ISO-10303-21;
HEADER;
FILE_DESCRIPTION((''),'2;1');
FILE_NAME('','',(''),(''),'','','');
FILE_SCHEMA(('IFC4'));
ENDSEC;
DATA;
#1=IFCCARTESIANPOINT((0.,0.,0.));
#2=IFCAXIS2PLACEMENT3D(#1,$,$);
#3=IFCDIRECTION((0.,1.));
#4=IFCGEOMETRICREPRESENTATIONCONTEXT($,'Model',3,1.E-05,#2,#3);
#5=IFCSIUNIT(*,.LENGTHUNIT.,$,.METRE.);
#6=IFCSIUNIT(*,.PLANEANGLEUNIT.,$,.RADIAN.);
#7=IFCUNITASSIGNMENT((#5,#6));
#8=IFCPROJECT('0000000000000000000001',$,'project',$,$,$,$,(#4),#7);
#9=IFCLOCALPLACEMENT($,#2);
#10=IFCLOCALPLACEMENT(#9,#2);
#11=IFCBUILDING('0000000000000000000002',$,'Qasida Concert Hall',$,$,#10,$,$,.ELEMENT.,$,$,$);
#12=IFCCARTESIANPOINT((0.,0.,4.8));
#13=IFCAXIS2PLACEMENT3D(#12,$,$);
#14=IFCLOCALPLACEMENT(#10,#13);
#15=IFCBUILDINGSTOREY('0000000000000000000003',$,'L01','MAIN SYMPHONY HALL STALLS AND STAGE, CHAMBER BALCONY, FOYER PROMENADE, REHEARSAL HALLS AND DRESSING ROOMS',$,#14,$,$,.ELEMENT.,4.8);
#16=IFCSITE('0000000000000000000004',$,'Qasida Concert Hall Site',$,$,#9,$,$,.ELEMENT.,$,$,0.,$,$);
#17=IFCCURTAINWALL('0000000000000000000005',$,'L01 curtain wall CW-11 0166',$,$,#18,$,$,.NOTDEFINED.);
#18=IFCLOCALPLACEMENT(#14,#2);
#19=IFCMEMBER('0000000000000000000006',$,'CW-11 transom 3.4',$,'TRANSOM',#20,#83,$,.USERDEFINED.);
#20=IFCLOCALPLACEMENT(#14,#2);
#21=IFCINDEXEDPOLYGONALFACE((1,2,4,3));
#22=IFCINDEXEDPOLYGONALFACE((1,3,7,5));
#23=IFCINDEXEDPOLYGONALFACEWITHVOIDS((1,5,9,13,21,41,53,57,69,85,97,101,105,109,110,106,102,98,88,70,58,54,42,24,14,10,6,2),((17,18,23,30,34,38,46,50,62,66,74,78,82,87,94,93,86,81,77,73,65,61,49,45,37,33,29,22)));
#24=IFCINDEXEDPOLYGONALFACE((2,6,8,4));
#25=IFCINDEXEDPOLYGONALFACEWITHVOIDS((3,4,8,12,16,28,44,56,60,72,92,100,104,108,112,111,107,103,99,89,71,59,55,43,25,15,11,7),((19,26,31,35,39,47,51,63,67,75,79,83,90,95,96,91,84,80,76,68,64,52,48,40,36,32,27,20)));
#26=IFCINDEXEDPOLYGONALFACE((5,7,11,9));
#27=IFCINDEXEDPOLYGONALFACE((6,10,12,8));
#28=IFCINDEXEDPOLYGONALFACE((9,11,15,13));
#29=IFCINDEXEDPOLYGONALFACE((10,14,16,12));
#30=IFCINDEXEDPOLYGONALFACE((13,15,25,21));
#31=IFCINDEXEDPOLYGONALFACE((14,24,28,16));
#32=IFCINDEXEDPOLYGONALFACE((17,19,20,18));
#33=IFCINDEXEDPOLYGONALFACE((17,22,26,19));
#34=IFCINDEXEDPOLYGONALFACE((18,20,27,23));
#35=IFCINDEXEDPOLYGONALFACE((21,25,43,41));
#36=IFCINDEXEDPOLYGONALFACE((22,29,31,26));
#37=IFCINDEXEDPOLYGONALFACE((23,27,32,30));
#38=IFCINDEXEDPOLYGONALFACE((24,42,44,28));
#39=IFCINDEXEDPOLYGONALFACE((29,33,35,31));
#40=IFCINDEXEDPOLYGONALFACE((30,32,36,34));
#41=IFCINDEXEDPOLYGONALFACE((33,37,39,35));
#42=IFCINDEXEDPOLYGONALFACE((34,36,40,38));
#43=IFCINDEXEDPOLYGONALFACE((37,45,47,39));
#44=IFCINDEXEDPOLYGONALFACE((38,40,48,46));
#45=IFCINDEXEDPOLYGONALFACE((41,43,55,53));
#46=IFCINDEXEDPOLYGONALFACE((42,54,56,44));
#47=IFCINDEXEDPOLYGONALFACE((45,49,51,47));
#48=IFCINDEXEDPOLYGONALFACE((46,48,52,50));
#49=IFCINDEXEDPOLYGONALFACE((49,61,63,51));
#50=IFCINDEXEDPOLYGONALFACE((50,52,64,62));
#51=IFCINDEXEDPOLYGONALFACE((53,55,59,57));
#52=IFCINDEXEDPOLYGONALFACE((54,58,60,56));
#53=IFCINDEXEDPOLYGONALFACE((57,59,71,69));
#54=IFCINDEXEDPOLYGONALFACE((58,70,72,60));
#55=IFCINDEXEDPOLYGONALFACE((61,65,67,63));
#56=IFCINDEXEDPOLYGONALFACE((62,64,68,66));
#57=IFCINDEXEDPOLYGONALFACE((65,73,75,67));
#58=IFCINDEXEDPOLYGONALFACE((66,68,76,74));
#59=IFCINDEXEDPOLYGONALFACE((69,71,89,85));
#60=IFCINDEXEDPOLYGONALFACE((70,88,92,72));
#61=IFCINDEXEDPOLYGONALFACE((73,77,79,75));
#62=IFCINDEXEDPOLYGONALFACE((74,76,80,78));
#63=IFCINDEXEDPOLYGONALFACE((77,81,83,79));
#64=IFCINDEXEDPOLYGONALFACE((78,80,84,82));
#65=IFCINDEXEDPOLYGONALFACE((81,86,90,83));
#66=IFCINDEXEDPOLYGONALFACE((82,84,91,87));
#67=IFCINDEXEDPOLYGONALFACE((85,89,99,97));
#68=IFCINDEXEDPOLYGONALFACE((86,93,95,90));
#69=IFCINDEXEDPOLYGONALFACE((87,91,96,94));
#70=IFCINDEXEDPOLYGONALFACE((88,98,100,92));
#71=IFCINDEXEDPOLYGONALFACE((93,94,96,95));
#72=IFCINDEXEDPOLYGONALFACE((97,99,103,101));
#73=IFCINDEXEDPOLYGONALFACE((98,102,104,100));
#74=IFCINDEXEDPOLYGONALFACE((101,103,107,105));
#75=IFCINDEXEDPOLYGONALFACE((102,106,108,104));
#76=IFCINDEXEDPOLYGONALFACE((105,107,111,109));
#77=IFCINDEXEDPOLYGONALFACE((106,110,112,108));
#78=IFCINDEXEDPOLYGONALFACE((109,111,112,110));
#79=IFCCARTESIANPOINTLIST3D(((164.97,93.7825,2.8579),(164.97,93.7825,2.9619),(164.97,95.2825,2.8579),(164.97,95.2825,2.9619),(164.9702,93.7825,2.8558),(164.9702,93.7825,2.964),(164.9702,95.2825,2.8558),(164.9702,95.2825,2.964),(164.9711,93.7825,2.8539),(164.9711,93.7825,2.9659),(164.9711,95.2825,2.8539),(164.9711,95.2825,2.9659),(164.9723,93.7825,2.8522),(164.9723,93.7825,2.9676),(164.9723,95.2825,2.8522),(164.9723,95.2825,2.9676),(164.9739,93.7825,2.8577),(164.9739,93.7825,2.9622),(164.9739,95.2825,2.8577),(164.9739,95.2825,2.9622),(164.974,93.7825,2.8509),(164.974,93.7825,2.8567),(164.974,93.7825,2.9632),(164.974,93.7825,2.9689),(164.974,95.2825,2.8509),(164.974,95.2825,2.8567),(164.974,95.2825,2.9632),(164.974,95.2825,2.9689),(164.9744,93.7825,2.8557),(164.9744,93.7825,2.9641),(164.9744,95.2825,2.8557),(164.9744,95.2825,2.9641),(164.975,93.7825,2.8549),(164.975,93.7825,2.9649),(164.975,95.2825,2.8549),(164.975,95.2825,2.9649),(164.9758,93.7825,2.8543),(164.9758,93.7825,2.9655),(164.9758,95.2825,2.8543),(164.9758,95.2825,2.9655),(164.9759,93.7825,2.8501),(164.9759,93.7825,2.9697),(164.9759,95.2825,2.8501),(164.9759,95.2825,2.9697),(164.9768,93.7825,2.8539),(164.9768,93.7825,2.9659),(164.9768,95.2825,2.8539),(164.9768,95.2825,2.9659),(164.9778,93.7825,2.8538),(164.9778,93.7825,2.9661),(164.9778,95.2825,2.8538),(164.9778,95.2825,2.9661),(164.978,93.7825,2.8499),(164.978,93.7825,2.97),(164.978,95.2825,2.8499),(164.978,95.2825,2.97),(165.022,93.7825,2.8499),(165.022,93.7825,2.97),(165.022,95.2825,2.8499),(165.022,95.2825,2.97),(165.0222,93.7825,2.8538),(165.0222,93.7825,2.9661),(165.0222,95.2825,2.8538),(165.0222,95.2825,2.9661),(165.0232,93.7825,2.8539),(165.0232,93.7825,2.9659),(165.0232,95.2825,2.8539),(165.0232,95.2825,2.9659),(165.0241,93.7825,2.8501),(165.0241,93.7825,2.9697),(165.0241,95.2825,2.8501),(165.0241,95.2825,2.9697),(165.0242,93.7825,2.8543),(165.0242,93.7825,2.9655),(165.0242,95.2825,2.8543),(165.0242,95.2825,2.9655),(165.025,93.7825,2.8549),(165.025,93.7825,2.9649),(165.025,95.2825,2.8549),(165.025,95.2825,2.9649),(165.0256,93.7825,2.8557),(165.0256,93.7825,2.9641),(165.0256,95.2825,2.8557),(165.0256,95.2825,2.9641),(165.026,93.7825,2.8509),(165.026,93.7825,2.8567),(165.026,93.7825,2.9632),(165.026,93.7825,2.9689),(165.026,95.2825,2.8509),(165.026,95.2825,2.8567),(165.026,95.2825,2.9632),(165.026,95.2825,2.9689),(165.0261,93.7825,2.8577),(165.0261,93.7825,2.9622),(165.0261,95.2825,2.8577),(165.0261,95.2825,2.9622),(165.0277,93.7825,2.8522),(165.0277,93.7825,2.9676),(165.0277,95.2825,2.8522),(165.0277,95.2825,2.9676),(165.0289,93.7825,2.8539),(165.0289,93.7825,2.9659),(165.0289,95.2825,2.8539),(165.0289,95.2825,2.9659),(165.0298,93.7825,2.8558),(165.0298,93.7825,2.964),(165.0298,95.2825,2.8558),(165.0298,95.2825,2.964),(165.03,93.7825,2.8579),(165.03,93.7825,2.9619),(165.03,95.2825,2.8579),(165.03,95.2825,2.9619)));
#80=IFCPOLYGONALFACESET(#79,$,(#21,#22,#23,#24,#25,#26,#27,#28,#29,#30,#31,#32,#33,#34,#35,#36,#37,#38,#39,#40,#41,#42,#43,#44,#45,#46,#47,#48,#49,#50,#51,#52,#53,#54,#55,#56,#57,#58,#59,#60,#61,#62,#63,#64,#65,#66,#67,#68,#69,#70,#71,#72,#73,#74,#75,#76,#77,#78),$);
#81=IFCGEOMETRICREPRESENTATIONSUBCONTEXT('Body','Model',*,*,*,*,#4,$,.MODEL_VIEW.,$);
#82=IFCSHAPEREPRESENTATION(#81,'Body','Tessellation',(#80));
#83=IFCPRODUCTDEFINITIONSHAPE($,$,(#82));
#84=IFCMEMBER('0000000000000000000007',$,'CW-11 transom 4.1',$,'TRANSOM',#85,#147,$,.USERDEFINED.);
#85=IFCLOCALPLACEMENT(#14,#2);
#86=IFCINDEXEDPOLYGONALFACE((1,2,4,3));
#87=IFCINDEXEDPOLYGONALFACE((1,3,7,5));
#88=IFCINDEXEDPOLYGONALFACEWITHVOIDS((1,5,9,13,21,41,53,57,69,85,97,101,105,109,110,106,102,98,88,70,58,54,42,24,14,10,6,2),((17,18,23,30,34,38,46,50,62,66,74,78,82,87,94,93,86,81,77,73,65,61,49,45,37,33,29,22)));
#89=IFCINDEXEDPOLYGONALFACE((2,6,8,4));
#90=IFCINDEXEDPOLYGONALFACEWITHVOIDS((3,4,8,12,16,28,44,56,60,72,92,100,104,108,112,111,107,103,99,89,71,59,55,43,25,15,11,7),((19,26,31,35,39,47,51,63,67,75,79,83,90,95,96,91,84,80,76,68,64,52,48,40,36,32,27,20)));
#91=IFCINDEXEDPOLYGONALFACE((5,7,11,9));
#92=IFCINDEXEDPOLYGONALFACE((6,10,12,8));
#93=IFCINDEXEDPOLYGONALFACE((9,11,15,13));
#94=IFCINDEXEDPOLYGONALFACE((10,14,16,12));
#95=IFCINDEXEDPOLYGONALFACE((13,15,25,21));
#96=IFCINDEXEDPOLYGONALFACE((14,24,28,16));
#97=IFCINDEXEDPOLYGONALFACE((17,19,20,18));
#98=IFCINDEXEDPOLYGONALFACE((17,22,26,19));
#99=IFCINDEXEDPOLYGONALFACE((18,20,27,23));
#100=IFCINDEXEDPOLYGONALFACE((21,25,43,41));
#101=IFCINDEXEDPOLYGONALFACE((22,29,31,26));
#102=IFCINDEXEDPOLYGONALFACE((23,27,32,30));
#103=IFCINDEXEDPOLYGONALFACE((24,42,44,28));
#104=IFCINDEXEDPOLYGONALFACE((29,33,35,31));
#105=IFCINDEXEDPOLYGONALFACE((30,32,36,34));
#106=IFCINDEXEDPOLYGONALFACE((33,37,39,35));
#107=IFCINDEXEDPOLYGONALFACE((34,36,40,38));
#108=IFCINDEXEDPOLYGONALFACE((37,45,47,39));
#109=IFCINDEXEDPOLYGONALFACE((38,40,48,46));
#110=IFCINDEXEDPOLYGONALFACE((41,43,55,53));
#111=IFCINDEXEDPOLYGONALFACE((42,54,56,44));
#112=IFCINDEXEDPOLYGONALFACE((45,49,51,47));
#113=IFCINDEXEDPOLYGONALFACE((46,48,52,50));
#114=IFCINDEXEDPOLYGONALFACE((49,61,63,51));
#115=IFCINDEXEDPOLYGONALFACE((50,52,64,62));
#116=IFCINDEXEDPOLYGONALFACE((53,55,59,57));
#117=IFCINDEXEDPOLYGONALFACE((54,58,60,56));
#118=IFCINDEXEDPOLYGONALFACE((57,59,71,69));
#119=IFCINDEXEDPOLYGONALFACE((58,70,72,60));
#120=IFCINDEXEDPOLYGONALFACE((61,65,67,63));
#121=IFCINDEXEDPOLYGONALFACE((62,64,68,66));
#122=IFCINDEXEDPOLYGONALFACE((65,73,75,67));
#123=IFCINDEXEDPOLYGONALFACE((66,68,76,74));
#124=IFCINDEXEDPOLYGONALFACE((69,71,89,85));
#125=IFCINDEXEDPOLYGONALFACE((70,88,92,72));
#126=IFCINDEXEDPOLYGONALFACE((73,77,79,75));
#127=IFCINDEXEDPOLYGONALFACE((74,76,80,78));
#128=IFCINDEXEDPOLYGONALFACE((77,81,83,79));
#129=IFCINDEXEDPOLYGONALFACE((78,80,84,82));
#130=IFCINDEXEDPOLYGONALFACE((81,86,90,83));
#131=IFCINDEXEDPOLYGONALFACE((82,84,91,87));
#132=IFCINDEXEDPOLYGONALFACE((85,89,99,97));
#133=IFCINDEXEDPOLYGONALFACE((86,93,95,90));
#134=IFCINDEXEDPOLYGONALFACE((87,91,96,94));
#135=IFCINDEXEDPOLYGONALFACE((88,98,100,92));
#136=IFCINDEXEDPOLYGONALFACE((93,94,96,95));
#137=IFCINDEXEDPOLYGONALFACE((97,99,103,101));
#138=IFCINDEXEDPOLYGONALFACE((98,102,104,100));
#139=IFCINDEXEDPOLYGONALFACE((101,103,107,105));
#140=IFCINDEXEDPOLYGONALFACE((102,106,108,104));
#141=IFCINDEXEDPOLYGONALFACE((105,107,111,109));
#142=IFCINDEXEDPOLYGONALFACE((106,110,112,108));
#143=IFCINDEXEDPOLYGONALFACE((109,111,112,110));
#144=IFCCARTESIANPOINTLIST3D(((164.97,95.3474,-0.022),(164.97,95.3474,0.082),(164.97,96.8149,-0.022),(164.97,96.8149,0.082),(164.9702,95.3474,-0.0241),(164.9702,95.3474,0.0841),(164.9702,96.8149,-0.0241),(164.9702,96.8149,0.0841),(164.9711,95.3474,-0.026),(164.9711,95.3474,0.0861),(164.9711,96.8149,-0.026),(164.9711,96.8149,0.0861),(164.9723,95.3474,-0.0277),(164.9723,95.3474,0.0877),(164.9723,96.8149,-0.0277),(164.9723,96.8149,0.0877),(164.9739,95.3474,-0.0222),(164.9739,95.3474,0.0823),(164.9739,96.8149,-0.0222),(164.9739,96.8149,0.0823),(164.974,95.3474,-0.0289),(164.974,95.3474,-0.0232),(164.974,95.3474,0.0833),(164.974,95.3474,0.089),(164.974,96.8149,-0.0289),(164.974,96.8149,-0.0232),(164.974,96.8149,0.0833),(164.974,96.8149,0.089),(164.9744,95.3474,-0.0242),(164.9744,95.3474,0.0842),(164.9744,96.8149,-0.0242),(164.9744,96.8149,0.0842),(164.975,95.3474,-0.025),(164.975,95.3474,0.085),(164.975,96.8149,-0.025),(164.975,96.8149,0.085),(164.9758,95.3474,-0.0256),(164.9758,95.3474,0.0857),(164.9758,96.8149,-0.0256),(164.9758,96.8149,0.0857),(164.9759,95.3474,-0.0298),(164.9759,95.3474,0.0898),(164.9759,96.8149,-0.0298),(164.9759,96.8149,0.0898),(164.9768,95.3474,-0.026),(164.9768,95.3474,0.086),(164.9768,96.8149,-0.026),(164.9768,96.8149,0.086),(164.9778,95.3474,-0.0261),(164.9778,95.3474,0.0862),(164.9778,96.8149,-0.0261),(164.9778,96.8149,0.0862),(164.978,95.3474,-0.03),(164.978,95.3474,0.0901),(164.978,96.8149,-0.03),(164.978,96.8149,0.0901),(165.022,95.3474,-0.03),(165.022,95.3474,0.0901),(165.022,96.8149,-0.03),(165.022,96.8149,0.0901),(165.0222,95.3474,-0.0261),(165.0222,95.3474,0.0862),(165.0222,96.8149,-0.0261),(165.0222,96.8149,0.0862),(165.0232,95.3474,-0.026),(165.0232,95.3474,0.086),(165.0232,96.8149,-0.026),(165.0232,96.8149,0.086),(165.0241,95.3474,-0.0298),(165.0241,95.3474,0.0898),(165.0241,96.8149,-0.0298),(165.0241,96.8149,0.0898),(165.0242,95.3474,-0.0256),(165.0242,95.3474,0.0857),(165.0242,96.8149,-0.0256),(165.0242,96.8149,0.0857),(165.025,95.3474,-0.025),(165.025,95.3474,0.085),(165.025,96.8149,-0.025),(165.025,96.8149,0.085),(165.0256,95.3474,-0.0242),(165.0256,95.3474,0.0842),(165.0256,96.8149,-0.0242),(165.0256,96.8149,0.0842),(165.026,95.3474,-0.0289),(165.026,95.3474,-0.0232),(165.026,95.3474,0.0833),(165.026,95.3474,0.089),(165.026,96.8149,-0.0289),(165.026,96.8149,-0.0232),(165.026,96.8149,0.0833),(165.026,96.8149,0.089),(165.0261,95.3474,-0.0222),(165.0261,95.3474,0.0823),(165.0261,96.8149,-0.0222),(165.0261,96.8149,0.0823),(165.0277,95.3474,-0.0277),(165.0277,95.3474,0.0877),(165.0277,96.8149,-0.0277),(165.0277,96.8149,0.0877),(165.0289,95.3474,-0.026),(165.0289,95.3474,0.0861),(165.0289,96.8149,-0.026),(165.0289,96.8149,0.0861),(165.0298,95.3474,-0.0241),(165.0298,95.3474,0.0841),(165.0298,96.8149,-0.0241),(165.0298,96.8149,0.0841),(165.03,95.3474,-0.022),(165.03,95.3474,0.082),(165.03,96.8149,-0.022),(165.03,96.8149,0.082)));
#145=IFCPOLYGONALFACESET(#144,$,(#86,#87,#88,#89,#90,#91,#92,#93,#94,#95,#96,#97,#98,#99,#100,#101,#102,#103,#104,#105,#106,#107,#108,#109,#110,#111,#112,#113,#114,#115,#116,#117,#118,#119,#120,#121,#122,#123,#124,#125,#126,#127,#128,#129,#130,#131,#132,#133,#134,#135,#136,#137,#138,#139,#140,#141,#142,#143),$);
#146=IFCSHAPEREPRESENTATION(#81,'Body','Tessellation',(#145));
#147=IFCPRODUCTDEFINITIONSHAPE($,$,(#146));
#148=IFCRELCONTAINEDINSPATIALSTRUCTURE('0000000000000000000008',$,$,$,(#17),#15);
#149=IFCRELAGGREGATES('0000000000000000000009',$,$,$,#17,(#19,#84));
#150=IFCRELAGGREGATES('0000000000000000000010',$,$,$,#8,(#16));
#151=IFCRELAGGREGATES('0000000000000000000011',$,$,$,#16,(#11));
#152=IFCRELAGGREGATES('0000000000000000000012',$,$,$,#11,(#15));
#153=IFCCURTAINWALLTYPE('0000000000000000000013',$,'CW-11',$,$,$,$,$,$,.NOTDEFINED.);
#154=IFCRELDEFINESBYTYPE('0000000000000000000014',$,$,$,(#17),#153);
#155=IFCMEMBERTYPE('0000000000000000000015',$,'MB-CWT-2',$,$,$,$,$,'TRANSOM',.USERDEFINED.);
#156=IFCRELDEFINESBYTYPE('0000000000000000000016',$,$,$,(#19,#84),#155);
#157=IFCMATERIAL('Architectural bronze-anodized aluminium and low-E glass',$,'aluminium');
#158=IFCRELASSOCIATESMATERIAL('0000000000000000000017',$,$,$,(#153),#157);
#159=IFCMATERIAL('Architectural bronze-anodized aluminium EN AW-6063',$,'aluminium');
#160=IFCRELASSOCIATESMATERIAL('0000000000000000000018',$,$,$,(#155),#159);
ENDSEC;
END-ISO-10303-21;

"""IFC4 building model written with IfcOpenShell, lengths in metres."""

from ifc_helpers import new_model, si_unit, direction, frame, origin, origin_2d, place, context, subcontext, project, spatial, hollow_rectangle, extrude, material, material_profile, profile_set, type_object, element, aggregate, save


model = new_model("IFC4")

# Units and contexts
model_context = context("Model", 3, precision=1e-05, world=origin(), true_north=direction((0.0, 1.0)))
body_context = subcontext(model_context, "Body", "Model", "MODEL_VIEW")
ifc_project = project(units=[si_unit("LENGTHUNIT", "METRE"), si_unit("PLANEANGLEUNIT", "RADIAN")], contexts=[model_context])

# Site, building, storey
site_placement = place(None, origin())
site = spatial("IfcSite", under=ifc_project, at=site_placement, Name="Qasida Concert Hall Site", CompositionType="ELEMENT", RefElevation=0.0)
building_placement = place(site_placement, origin())
building = spatial("IfcBuilding", under=site, at=building_placement, Name="Qasida Concert Hall", CompositionType="ELEMENT")
storey_placement = place(building_placement, frame((0.0, 0.0, 4.8)))
storey = spatial("IfcBuildingStorey", under=building, at=storey_placement, Name="L01", Description="MAIN SYMPHONY HALL STALLS AND STAGE, CHAMBER BALCONY, FOYER PROMENADE, REHEARSAL HALLS AND DRESSING ROOMS", CompositionType="ELEMENT", Elevation=4.8)

# Curtain wall, members
ifc_material_1 = material(Name="Architectural bronze-anodized aluminium and low-E glass", Category="aluminium")
curtain_wall_type = type_object("IfcCurtainWallType", Name="CW-11", PredefinedType="NOTDEFINED", material=ifc_material_1)
curtain_wall_placement = place(storey_placement, origin())
curtain_wall = element("IfcCurtainWall", 1, at=curtain_wall_placement, inside=storey, type_object=curtain_wall_type, Name="L01 curtain wall CW-11 0166", PredefinedType="NOTDEFINED")
ifc_material_2 = material(Name="Architectural bronze-anodized aluminium EN AW-6063", Category="aluminium")
ifc_material_profile_1 = material_profile(ifc_material_2, hollow_rectangle(XDim=0.0601, YDim=0.1201, WallThickness=0.0039, InnerFilletRadius=0.0039, OuterFilletRadius=0.0081, at=origin_2d()), Name="CWT 120x60x4")
ifc_profile_set_1 = profile_set([ifc_material_profile_1], Name="Architectural bronze-anodized aluminium EN AW-6063")
member_type_1 = type_object("IfcMemberType", Name="MB-CWT-2", ElementType="TRANSOM", PredefinedType="USERDEFINED", material=ifc_profile_set_1)
member_1_placement = place(storey_placement, frame((165.0, 93.7825, 2.9099), z_axis=(0.0, 1.0, 0.0), x_axis=(-1.0, 0.0, 0.0)))
member_1 = element("IfcMember", 2, at=member_1_placement, type_object=member_type_1, Name="CW-11 transom 3.4", ObjectType="TRANSOM", PredefinedType="USERDEFINED", context=body_context, shape_type="SweptSolid", body=[
    extrude(hollow_rectangle(XDim=0.0601, YDim=0.1201, WallThickness=0.0039, InnerFilletRadius=0.0039, OuterFilletRadius=0.0081, at=origin_2d()), origin(), (0.0, 0.0, 1.0), 1.5),
])
member_2_placement = place(storey_placement, frame((165.0, 95.3474, 0.03), z_axis=(0.0, 1.0, 0.0), x_axis=(-1.0, 0.0, 0.0)))
member_2 = element("IfcMember", 3, at=member_2_placement, type_object=member_type_1, Name="CW-11 transom 4.1", ObjectType="TRANSOM", PredefinedType="USERDEFINED", context=body_context, shape_type="SweptSolid", body=[
    extrude(hollow_rectangle(XDim=0.0601, YDim=0.1201, WallThickness=0.0039, InnerFilletRadius=0.0039, OuterFilletRadius=0.0081, at=origin_2d()), origin(), (0.0, 0.0, 1.0), 1.4675),
])
aggregate(curtain_wall, [member_1, member_2])

save(model, "model.ifc")
